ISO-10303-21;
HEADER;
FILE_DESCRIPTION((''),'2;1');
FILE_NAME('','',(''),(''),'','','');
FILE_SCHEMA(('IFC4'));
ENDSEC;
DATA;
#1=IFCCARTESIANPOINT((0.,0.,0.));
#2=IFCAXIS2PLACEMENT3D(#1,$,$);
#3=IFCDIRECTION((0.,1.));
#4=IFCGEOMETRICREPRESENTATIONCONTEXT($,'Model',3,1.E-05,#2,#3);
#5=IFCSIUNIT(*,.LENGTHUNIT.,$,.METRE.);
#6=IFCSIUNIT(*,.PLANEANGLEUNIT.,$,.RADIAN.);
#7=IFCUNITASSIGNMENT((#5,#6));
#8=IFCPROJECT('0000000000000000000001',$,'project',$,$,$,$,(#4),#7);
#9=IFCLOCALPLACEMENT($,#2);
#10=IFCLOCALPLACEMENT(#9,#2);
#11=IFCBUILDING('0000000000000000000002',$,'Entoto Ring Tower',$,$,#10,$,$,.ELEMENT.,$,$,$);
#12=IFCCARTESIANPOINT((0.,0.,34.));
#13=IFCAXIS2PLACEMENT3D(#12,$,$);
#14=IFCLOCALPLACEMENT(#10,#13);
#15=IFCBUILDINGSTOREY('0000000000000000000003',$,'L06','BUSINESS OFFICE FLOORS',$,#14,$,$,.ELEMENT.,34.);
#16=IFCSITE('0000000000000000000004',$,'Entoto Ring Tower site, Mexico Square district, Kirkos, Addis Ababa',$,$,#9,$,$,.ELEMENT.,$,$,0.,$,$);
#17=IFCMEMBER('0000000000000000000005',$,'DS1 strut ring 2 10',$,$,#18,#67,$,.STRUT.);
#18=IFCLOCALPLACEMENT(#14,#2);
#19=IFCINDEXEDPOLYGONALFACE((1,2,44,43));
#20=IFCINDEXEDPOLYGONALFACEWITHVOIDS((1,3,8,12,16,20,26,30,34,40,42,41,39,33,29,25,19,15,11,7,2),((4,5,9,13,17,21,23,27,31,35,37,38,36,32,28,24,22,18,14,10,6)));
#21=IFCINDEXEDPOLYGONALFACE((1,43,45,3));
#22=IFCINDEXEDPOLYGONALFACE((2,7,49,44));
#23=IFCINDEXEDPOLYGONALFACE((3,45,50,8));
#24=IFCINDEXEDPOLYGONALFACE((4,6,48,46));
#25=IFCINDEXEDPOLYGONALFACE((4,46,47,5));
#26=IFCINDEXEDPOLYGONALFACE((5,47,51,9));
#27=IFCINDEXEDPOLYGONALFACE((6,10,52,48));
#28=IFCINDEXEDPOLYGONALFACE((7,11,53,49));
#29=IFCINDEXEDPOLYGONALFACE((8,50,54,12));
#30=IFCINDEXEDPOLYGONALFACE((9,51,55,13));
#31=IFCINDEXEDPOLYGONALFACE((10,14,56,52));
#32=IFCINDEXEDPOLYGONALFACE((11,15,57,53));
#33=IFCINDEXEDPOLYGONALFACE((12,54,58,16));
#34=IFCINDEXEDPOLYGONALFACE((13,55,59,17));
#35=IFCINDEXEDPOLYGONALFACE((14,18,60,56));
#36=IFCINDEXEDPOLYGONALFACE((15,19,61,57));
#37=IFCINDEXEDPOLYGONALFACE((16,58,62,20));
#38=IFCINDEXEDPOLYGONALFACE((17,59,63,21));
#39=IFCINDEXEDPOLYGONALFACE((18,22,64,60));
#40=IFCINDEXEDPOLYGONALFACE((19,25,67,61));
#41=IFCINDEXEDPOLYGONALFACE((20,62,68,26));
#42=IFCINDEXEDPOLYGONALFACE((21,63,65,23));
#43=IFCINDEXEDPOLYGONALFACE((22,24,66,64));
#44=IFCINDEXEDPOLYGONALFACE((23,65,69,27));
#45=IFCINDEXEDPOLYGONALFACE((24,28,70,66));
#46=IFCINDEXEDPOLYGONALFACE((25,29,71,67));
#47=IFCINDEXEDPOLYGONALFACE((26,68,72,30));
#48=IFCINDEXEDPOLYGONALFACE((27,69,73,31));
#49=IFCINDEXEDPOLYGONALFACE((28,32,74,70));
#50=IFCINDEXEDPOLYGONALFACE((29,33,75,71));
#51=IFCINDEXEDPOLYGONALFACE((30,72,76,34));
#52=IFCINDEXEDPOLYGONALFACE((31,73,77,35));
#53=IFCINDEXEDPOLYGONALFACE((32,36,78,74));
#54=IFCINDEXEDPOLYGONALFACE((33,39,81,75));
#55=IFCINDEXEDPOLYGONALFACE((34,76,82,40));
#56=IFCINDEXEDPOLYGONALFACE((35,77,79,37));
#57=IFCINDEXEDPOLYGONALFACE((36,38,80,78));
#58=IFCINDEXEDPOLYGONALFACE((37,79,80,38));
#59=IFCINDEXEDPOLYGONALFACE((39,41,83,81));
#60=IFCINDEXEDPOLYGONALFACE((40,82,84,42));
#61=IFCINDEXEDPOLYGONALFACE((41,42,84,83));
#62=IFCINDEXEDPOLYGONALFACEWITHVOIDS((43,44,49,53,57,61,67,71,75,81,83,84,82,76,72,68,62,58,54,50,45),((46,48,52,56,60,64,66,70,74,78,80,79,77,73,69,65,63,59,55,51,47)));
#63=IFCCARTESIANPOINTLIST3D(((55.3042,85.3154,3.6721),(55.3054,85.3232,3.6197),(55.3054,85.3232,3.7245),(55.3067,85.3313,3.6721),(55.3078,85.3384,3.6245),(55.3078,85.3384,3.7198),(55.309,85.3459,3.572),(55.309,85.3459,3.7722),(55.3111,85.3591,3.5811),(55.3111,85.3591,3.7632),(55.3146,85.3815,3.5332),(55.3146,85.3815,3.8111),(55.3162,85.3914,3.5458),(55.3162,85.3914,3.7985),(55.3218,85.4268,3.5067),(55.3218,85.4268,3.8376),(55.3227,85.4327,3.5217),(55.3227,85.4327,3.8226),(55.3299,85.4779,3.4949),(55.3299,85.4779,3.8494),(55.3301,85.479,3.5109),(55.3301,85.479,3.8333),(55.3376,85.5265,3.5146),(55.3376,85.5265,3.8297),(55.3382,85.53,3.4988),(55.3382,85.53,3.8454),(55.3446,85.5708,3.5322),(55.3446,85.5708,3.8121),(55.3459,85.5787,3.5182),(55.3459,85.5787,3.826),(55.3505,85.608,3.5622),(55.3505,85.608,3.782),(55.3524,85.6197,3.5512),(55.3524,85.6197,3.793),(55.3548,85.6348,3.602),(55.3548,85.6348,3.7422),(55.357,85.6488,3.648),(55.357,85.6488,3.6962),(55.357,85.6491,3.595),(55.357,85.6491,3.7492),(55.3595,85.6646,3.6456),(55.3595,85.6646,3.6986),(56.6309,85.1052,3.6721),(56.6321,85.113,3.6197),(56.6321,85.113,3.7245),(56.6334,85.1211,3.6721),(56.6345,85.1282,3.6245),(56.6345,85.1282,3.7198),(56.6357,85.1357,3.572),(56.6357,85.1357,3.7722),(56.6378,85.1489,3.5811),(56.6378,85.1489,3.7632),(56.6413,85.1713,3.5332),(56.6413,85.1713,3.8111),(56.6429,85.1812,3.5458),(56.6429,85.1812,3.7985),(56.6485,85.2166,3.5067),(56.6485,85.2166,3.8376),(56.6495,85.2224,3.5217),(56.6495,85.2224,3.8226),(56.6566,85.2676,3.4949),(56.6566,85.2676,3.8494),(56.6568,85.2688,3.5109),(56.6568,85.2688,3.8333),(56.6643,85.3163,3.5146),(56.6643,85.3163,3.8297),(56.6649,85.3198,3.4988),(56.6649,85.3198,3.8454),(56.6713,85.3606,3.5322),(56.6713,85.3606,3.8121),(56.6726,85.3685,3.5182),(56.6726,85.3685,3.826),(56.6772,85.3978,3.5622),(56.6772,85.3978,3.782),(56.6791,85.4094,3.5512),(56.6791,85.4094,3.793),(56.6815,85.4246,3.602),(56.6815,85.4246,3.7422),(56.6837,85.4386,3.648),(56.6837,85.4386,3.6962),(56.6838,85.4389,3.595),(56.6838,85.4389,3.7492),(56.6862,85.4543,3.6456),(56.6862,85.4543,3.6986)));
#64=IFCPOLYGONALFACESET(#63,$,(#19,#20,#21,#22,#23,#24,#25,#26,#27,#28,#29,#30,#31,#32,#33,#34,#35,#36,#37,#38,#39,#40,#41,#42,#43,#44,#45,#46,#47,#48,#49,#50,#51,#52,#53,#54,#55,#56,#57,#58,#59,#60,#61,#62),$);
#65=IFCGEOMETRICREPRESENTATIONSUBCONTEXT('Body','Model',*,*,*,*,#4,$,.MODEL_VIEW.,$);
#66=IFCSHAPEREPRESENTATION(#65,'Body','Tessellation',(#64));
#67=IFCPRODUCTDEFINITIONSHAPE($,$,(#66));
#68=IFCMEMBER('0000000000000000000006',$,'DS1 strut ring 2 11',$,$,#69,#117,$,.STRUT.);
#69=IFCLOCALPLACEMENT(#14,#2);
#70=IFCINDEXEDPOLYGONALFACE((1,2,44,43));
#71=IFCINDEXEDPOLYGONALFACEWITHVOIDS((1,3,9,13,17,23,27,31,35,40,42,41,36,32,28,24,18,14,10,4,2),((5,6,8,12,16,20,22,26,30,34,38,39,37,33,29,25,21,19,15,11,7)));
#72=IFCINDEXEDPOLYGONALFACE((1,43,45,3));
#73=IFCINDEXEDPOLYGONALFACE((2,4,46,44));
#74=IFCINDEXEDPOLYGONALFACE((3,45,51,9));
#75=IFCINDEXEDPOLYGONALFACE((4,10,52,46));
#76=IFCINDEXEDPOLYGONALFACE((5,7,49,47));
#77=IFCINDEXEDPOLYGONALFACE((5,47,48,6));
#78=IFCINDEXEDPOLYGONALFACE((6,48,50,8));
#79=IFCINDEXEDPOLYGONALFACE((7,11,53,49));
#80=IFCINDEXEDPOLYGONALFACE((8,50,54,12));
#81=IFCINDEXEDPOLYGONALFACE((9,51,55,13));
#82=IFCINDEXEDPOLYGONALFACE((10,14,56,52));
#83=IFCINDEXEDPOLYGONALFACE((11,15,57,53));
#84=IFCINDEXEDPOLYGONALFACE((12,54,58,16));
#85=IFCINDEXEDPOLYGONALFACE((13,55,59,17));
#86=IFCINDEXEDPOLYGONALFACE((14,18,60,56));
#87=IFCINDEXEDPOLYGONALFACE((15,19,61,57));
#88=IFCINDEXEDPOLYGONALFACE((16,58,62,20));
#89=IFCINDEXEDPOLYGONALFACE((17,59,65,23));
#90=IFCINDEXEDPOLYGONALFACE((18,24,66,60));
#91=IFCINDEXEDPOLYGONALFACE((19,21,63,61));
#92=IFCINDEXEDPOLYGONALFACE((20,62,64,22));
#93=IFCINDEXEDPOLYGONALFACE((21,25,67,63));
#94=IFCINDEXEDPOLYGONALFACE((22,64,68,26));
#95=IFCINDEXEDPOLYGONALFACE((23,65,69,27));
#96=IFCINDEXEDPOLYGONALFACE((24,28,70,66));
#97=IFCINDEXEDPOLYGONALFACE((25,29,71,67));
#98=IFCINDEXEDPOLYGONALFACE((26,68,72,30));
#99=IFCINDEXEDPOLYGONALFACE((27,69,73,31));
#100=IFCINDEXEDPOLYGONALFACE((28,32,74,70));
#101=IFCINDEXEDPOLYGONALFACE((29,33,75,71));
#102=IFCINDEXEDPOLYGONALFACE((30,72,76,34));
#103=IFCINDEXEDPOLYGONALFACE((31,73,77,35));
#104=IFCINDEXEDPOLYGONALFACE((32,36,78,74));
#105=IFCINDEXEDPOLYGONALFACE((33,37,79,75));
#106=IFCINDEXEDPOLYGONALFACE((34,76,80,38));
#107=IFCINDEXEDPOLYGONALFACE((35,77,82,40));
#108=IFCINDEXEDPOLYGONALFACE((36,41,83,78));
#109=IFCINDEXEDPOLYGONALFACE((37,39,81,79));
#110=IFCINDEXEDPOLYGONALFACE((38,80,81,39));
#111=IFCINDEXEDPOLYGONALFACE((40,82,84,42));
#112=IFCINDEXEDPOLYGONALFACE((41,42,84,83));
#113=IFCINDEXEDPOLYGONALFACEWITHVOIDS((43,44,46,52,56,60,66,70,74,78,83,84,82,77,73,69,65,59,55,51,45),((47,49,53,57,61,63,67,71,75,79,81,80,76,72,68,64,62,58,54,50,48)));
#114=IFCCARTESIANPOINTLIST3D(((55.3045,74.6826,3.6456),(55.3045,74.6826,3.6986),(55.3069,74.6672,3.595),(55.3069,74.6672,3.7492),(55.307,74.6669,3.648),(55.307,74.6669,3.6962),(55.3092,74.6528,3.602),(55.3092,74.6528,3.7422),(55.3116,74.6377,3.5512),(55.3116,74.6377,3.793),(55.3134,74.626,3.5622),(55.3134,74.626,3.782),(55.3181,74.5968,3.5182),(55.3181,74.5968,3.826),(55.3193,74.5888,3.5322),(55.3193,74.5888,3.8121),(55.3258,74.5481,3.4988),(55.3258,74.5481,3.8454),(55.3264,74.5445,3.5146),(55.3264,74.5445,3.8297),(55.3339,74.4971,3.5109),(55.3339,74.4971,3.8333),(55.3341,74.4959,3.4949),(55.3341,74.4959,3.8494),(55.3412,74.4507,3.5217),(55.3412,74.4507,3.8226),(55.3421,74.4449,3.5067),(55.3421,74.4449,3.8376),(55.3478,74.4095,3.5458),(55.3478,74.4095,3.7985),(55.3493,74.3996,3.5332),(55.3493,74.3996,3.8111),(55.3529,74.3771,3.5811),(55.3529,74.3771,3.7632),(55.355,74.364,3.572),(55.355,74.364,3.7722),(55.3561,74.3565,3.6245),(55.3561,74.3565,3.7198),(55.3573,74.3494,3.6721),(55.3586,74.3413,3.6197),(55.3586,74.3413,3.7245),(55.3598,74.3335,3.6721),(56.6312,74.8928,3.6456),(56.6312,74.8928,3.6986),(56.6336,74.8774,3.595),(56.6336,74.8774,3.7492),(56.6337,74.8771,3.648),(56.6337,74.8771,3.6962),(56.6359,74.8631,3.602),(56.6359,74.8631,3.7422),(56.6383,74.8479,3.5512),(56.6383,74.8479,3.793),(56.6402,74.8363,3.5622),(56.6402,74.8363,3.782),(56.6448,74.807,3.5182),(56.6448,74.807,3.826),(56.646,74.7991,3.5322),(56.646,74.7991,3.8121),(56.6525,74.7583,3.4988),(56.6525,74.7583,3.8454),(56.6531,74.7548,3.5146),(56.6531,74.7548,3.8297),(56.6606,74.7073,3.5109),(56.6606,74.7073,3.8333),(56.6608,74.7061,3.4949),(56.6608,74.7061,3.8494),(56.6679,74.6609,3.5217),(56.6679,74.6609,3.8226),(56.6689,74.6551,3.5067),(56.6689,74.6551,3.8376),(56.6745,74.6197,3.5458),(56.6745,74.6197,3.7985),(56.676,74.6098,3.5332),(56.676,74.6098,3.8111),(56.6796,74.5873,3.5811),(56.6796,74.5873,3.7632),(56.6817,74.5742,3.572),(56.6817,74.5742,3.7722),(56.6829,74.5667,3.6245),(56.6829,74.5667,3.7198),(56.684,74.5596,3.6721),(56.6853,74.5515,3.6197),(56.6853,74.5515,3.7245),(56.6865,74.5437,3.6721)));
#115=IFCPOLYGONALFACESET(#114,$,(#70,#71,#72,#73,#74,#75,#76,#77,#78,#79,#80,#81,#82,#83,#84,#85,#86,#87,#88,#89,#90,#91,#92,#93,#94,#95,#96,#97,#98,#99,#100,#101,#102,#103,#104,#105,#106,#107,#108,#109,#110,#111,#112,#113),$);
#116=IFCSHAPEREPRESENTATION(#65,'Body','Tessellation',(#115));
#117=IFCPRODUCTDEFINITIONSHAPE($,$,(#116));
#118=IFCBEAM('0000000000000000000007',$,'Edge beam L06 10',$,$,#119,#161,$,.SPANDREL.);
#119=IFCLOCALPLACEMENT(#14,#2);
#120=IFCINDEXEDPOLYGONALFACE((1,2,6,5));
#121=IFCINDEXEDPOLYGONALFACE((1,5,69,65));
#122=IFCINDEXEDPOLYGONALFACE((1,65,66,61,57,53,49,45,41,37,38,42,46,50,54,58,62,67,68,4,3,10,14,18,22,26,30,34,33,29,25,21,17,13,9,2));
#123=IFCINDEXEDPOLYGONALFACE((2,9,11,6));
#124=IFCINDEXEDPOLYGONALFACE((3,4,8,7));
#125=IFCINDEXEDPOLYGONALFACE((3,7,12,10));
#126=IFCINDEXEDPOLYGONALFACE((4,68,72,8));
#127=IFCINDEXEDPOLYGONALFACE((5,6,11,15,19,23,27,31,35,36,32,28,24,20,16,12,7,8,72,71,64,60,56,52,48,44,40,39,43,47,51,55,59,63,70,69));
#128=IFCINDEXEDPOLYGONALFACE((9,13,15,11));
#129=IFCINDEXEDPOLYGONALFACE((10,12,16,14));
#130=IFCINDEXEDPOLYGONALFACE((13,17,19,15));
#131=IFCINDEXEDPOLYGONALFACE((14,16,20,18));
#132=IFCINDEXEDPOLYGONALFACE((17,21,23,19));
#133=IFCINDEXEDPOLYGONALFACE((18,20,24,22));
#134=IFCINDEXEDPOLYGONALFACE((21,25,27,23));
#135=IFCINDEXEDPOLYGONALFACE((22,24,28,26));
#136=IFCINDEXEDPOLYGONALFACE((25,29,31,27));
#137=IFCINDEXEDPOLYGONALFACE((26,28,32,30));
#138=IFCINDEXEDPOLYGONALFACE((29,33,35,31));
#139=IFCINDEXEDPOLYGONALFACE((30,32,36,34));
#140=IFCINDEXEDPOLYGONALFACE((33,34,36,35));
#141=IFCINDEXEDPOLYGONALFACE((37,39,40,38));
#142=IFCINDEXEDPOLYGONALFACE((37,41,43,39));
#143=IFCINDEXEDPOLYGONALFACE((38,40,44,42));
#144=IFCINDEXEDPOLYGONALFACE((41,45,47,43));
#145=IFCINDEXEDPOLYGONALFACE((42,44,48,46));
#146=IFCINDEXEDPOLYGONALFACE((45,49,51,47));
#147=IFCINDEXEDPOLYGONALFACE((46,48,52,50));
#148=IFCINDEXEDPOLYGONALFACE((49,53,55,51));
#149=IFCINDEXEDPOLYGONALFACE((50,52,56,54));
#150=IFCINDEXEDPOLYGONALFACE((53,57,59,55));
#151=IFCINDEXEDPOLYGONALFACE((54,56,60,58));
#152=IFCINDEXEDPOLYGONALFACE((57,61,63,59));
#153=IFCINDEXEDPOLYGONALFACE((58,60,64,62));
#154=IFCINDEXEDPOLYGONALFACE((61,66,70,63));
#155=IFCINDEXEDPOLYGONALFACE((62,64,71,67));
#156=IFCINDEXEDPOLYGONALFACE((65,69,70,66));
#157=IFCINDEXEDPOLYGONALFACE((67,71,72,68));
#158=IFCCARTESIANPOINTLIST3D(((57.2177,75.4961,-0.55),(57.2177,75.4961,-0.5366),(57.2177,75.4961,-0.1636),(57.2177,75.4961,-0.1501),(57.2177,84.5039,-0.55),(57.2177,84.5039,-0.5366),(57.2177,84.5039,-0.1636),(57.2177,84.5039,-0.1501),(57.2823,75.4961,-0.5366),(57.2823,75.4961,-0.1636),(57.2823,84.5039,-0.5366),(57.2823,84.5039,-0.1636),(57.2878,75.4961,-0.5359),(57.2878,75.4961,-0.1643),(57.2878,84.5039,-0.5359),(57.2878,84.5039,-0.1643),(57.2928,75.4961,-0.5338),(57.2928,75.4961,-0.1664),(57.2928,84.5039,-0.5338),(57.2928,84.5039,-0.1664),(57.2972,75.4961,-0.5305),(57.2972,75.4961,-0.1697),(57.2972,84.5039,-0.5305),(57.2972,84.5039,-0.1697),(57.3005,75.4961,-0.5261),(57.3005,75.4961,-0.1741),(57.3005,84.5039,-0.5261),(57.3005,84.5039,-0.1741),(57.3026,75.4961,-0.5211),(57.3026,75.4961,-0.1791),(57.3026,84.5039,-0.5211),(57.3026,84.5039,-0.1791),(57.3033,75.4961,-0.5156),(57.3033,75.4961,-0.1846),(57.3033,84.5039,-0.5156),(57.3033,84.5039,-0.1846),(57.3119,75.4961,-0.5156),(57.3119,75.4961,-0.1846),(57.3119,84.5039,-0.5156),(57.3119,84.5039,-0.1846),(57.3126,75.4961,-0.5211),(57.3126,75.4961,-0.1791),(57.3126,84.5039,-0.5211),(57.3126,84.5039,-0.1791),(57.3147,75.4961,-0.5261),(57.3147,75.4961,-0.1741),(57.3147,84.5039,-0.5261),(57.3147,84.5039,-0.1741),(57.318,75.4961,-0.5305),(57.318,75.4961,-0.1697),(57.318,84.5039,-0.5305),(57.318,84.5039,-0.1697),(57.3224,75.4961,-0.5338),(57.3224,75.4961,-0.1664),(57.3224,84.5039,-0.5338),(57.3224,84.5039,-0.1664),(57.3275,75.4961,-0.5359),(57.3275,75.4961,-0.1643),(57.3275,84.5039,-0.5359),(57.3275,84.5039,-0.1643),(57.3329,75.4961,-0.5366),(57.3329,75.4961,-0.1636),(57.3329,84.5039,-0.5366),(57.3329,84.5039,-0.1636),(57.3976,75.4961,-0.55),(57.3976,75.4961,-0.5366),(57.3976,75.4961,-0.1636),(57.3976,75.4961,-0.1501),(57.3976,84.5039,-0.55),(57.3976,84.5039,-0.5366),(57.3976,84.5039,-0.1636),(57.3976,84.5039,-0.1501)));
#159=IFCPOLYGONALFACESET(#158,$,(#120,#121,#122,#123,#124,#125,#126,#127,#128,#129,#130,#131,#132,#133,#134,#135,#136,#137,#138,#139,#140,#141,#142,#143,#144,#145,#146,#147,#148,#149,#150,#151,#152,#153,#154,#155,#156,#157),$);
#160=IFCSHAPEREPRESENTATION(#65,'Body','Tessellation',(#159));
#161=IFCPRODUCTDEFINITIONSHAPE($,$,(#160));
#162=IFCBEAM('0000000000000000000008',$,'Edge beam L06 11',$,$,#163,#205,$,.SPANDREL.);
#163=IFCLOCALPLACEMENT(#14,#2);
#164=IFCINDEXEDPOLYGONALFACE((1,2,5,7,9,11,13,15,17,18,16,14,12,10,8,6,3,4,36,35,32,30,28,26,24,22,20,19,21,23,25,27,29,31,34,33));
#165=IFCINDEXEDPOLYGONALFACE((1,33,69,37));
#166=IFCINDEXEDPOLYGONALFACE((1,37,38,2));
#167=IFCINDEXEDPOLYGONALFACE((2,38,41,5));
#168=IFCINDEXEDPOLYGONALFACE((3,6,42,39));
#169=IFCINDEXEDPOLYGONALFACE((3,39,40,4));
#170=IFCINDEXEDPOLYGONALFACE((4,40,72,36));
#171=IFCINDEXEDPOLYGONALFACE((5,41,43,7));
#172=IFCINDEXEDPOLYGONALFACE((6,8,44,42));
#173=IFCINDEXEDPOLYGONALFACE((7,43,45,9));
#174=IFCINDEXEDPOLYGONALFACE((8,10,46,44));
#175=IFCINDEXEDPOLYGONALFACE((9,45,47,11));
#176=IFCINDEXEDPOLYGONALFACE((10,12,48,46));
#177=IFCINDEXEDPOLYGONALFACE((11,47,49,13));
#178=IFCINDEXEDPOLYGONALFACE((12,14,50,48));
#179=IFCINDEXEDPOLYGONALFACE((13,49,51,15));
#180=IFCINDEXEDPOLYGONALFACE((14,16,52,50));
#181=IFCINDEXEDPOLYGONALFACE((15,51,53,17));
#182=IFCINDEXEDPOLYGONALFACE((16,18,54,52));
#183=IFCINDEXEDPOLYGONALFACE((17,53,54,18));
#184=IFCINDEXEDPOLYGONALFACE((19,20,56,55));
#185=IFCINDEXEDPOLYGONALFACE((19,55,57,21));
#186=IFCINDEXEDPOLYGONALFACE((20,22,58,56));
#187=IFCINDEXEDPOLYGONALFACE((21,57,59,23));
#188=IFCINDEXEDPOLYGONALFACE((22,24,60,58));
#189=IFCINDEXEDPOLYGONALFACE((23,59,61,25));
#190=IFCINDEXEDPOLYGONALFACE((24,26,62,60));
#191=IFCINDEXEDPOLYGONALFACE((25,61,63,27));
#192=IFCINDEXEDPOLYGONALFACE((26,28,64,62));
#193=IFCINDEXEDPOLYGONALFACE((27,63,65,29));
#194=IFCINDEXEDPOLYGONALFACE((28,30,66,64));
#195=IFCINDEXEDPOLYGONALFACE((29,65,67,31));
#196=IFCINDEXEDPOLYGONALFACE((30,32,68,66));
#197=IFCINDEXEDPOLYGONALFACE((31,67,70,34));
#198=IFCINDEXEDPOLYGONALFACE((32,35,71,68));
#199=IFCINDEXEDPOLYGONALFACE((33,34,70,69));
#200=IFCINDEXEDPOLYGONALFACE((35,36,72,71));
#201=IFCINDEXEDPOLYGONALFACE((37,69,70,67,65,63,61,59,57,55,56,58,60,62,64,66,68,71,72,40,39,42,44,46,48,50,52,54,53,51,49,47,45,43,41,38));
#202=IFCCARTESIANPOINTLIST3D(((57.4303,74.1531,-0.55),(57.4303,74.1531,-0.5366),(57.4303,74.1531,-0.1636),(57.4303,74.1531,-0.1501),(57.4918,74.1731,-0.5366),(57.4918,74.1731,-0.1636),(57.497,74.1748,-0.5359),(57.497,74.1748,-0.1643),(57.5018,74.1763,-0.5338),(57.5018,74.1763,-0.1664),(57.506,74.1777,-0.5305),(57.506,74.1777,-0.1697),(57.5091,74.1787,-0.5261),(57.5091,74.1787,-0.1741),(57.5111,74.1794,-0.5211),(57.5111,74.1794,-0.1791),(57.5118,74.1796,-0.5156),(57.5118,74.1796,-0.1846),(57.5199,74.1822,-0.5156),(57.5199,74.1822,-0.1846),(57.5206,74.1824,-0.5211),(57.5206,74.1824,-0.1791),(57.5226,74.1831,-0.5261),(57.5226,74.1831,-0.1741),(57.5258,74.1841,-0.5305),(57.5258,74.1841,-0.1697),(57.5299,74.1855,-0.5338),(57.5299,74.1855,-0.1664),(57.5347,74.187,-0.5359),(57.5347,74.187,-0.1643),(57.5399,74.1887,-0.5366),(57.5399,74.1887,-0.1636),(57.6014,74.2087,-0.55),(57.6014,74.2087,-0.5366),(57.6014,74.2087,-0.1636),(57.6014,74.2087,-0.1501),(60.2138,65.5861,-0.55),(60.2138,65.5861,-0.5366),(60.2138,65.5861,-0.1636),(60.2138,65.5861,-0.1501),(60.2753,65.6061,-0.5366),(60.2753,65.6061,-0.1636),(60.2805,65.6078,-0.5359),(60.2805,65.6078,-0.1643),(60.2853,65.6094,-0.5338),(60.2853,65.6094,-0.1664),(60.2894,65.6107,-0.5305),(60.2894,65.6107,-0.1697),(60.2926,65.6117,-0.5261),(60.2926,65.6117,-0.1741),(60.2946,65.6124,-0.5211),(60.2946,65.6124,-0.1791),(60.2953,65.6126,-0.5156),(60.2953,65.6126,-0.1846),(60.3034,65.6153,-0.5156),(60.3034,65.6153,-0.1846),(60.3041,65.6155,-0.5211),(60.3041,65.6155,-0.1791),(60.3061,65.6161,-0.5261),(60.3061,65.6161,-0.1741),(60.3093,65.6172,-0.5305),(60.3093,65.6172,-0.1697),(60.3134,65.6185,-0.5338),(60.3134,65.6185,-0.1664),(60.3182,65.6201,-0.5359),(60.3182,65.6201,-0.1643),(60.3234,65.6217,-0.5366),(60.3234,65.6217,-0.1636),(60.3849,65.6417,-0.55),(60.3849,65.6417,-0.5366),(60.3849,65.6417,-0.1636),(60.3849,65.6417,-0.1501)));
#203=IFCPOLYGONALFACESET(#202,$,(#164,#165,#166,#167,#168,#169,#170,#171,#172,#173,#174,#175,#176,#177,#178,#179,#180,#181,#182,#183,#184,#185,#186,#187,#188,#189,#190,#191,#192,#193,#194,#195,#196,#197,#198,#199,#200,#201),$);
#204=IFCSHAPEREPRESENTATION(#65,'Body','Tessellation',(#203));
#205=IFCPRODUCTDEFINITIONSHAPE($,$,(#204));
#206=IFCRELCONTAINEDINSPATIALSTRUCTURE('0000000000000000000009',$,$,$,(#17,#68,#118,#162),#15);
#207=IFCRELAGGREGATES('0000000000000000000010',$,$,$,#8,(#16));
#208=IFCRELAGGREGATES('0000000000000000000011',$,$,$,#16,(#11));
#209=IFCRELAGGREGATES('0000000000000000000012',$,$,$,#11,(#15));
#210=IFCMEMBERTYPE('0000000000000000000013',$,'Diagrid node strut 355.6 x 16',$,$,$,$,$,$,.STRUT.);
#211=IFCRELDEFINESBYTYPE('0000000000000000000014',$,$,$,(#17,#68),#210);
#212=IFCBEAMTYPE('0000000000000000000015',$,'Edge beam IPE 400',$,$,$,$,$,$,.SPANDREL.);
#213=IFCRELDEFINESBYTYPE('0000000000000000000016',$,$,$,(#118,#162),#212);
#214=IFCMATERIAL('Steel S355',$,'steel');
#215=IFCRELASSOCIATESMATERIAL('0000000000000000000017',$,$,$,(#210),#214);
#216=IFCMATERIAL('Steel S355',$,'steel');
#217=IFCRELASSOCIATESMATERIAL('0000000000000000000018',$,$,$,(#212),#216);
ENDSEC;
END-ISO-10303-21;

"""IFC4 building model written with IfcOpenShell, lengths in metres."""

from ifc_helpers import new_model, si_unit, direction, frame, origin, origin_2d, place, context, subcontext, project, spatial, circle, hollow_circle, i_section, extrude, material, material_profile, profile_set, type_object, element, save


model = new_model("IFC4")

# Units and contexts
model_context = context("Model", 3, precision=1e-05, world=origin(), true_north=direction((0.0, 1.0)))
body_context = subcontext(model_context, "Body", "Model", "MODEL_VIEW")
ifc_project = project(units=[si_unit("LENGTHUNIT", "METRE"), si_unit("PLANEANGLEUNIT", "RADIAN")], contexts=[model_context])

# Site, building, storey
site_placement = place(None, origin())
site = spatial("IfcSite", under=ifc_project, at=site_placement, Name="Entoto Ring Tower site, Mexico Square district, Kirkos, Addis Ababa", CompositionType="ELEMENT", RefElevation=0.0)
building_placement = place(site_placement, origin())
building = spatial("IfcBuilding", under=site, at=building_placement, Name="Entoto Ring Tower", CompositionType="ELEMENT")
storey_placement = place(building_placement, frame((0.0, 0.0, 34.0)))
storey = spatial("IfcBuildingStorey", under=building, at=storey_placement, Name="L06", Description="BUSINESS OFFICE FLOORS", CompositionType="ELEMENT", Elevation=34.0)

# Members
ifc_material_1 = material(Name="Steel S355", Category="steel")
ifc_material_profile_1 = material_profile(ifc_material_1, hollow_circle(Radius=0.1777, WallThickness=0.0161, at=origin_2d()), Name="CHS 355.6 x 16")
ifc_material_2 = material(Name="Concrete C60/75", Category="concrete")
ifc_material_profile_2 = material_profile(ifc_material_2, circle(Radius=0.1619, at=origin_2d()), Name="Concrete C60/75 infill")
ifc_profile_set_1 = profile_set([ifc_material_profile_1, ifc_material_profile_2], Name="Steel S355")
member_type = type_object("IfcMemberType", Name="Diagrid node strut 355.6 x 16", PredefinedType="STRUT", material=ifc_profile_set_1)
for number, where, z_axis, x_axis, name in (
    (1, (56.6587, 85.2808, 3.6721), (-0.987679, 0.156495, 0.0), (-0.156495, -0.987679, 0.0), "DS1 strut ring 2 10"),
    (2, (56.6587, 74.7192, 3.6721), (-0.987679, -0.156495, 0.0), (0.156495, -0.987679, 0.0), "DS1 strut ring 2 11"),
):
    element("IfcMember", number, at=place(storey_placement, frame(where, z_axis=z_axis, x_axis=x_axis)), inside=storey, type_object=member_type, Name=name, PredefinedType="STRUT", context=body_context, shape_type="SweptSolid", body=[
        extrude(hollow_circle(Radius=0.1777, WallThickness=0.0161, at=origin_2d()), origin(), (0.0, 0.0, 1.0), 1.3433),
    ])

# Beams
ifc_material_3 = material(Name="Steel S355", Category="steel")
ifc_material_profile_3 = material_profile(ifc_material_3, i_section(OverallWidth=0.1799, OverallDepth=0.3999, WebThickness=0.0085, FlangeThickness=0.0134, FilletRadius=0.021, at=origin_2d()), Name="IPE 400")
ifc_profile_set_2 = profile_set([ifc_material_profile_3], Name="Steel S355")
beam_type_1 = type_object("IfcBeamType", Name="Edge beam IPE 400", PredefinedType="SPANDREL", material=ifc_profile_set_2)
for number, where, z_axis, x_axis, name in (
    (3, (57.3076, 84.5039, -0.3501), (0.0, -1.0, 0.0), (1.0, 0.0, 0.0), "Edge beam L06 10"),
    (4, (57.5159, 74.1809, -0.3501), (0.309006, -0.95106, 0.0), (0.95106, 0.309006, 0.0), "Edge beam L06 11"),
):
    element("IfcBeam", number, at=place(storey_placement, frame(where, z_axis=z_axis, x_axis=x_axis)), inside=storey, type_object=beam_type_1, Name=name, PredefinedType="SPANDREL", context=body_context, shape_type="SweptSolid", body=[
        extrude(i_section(OverallWidth=0.1799, OverallDepth=0.3999, WebThickness=0.0085, FlangeThickness=0.0134, FilletRadius=0.021, at=origin_2d()), origin(), (0.0, 0.0, 1.0), 9.0078),
    ])

save(model, "model.ifc")
